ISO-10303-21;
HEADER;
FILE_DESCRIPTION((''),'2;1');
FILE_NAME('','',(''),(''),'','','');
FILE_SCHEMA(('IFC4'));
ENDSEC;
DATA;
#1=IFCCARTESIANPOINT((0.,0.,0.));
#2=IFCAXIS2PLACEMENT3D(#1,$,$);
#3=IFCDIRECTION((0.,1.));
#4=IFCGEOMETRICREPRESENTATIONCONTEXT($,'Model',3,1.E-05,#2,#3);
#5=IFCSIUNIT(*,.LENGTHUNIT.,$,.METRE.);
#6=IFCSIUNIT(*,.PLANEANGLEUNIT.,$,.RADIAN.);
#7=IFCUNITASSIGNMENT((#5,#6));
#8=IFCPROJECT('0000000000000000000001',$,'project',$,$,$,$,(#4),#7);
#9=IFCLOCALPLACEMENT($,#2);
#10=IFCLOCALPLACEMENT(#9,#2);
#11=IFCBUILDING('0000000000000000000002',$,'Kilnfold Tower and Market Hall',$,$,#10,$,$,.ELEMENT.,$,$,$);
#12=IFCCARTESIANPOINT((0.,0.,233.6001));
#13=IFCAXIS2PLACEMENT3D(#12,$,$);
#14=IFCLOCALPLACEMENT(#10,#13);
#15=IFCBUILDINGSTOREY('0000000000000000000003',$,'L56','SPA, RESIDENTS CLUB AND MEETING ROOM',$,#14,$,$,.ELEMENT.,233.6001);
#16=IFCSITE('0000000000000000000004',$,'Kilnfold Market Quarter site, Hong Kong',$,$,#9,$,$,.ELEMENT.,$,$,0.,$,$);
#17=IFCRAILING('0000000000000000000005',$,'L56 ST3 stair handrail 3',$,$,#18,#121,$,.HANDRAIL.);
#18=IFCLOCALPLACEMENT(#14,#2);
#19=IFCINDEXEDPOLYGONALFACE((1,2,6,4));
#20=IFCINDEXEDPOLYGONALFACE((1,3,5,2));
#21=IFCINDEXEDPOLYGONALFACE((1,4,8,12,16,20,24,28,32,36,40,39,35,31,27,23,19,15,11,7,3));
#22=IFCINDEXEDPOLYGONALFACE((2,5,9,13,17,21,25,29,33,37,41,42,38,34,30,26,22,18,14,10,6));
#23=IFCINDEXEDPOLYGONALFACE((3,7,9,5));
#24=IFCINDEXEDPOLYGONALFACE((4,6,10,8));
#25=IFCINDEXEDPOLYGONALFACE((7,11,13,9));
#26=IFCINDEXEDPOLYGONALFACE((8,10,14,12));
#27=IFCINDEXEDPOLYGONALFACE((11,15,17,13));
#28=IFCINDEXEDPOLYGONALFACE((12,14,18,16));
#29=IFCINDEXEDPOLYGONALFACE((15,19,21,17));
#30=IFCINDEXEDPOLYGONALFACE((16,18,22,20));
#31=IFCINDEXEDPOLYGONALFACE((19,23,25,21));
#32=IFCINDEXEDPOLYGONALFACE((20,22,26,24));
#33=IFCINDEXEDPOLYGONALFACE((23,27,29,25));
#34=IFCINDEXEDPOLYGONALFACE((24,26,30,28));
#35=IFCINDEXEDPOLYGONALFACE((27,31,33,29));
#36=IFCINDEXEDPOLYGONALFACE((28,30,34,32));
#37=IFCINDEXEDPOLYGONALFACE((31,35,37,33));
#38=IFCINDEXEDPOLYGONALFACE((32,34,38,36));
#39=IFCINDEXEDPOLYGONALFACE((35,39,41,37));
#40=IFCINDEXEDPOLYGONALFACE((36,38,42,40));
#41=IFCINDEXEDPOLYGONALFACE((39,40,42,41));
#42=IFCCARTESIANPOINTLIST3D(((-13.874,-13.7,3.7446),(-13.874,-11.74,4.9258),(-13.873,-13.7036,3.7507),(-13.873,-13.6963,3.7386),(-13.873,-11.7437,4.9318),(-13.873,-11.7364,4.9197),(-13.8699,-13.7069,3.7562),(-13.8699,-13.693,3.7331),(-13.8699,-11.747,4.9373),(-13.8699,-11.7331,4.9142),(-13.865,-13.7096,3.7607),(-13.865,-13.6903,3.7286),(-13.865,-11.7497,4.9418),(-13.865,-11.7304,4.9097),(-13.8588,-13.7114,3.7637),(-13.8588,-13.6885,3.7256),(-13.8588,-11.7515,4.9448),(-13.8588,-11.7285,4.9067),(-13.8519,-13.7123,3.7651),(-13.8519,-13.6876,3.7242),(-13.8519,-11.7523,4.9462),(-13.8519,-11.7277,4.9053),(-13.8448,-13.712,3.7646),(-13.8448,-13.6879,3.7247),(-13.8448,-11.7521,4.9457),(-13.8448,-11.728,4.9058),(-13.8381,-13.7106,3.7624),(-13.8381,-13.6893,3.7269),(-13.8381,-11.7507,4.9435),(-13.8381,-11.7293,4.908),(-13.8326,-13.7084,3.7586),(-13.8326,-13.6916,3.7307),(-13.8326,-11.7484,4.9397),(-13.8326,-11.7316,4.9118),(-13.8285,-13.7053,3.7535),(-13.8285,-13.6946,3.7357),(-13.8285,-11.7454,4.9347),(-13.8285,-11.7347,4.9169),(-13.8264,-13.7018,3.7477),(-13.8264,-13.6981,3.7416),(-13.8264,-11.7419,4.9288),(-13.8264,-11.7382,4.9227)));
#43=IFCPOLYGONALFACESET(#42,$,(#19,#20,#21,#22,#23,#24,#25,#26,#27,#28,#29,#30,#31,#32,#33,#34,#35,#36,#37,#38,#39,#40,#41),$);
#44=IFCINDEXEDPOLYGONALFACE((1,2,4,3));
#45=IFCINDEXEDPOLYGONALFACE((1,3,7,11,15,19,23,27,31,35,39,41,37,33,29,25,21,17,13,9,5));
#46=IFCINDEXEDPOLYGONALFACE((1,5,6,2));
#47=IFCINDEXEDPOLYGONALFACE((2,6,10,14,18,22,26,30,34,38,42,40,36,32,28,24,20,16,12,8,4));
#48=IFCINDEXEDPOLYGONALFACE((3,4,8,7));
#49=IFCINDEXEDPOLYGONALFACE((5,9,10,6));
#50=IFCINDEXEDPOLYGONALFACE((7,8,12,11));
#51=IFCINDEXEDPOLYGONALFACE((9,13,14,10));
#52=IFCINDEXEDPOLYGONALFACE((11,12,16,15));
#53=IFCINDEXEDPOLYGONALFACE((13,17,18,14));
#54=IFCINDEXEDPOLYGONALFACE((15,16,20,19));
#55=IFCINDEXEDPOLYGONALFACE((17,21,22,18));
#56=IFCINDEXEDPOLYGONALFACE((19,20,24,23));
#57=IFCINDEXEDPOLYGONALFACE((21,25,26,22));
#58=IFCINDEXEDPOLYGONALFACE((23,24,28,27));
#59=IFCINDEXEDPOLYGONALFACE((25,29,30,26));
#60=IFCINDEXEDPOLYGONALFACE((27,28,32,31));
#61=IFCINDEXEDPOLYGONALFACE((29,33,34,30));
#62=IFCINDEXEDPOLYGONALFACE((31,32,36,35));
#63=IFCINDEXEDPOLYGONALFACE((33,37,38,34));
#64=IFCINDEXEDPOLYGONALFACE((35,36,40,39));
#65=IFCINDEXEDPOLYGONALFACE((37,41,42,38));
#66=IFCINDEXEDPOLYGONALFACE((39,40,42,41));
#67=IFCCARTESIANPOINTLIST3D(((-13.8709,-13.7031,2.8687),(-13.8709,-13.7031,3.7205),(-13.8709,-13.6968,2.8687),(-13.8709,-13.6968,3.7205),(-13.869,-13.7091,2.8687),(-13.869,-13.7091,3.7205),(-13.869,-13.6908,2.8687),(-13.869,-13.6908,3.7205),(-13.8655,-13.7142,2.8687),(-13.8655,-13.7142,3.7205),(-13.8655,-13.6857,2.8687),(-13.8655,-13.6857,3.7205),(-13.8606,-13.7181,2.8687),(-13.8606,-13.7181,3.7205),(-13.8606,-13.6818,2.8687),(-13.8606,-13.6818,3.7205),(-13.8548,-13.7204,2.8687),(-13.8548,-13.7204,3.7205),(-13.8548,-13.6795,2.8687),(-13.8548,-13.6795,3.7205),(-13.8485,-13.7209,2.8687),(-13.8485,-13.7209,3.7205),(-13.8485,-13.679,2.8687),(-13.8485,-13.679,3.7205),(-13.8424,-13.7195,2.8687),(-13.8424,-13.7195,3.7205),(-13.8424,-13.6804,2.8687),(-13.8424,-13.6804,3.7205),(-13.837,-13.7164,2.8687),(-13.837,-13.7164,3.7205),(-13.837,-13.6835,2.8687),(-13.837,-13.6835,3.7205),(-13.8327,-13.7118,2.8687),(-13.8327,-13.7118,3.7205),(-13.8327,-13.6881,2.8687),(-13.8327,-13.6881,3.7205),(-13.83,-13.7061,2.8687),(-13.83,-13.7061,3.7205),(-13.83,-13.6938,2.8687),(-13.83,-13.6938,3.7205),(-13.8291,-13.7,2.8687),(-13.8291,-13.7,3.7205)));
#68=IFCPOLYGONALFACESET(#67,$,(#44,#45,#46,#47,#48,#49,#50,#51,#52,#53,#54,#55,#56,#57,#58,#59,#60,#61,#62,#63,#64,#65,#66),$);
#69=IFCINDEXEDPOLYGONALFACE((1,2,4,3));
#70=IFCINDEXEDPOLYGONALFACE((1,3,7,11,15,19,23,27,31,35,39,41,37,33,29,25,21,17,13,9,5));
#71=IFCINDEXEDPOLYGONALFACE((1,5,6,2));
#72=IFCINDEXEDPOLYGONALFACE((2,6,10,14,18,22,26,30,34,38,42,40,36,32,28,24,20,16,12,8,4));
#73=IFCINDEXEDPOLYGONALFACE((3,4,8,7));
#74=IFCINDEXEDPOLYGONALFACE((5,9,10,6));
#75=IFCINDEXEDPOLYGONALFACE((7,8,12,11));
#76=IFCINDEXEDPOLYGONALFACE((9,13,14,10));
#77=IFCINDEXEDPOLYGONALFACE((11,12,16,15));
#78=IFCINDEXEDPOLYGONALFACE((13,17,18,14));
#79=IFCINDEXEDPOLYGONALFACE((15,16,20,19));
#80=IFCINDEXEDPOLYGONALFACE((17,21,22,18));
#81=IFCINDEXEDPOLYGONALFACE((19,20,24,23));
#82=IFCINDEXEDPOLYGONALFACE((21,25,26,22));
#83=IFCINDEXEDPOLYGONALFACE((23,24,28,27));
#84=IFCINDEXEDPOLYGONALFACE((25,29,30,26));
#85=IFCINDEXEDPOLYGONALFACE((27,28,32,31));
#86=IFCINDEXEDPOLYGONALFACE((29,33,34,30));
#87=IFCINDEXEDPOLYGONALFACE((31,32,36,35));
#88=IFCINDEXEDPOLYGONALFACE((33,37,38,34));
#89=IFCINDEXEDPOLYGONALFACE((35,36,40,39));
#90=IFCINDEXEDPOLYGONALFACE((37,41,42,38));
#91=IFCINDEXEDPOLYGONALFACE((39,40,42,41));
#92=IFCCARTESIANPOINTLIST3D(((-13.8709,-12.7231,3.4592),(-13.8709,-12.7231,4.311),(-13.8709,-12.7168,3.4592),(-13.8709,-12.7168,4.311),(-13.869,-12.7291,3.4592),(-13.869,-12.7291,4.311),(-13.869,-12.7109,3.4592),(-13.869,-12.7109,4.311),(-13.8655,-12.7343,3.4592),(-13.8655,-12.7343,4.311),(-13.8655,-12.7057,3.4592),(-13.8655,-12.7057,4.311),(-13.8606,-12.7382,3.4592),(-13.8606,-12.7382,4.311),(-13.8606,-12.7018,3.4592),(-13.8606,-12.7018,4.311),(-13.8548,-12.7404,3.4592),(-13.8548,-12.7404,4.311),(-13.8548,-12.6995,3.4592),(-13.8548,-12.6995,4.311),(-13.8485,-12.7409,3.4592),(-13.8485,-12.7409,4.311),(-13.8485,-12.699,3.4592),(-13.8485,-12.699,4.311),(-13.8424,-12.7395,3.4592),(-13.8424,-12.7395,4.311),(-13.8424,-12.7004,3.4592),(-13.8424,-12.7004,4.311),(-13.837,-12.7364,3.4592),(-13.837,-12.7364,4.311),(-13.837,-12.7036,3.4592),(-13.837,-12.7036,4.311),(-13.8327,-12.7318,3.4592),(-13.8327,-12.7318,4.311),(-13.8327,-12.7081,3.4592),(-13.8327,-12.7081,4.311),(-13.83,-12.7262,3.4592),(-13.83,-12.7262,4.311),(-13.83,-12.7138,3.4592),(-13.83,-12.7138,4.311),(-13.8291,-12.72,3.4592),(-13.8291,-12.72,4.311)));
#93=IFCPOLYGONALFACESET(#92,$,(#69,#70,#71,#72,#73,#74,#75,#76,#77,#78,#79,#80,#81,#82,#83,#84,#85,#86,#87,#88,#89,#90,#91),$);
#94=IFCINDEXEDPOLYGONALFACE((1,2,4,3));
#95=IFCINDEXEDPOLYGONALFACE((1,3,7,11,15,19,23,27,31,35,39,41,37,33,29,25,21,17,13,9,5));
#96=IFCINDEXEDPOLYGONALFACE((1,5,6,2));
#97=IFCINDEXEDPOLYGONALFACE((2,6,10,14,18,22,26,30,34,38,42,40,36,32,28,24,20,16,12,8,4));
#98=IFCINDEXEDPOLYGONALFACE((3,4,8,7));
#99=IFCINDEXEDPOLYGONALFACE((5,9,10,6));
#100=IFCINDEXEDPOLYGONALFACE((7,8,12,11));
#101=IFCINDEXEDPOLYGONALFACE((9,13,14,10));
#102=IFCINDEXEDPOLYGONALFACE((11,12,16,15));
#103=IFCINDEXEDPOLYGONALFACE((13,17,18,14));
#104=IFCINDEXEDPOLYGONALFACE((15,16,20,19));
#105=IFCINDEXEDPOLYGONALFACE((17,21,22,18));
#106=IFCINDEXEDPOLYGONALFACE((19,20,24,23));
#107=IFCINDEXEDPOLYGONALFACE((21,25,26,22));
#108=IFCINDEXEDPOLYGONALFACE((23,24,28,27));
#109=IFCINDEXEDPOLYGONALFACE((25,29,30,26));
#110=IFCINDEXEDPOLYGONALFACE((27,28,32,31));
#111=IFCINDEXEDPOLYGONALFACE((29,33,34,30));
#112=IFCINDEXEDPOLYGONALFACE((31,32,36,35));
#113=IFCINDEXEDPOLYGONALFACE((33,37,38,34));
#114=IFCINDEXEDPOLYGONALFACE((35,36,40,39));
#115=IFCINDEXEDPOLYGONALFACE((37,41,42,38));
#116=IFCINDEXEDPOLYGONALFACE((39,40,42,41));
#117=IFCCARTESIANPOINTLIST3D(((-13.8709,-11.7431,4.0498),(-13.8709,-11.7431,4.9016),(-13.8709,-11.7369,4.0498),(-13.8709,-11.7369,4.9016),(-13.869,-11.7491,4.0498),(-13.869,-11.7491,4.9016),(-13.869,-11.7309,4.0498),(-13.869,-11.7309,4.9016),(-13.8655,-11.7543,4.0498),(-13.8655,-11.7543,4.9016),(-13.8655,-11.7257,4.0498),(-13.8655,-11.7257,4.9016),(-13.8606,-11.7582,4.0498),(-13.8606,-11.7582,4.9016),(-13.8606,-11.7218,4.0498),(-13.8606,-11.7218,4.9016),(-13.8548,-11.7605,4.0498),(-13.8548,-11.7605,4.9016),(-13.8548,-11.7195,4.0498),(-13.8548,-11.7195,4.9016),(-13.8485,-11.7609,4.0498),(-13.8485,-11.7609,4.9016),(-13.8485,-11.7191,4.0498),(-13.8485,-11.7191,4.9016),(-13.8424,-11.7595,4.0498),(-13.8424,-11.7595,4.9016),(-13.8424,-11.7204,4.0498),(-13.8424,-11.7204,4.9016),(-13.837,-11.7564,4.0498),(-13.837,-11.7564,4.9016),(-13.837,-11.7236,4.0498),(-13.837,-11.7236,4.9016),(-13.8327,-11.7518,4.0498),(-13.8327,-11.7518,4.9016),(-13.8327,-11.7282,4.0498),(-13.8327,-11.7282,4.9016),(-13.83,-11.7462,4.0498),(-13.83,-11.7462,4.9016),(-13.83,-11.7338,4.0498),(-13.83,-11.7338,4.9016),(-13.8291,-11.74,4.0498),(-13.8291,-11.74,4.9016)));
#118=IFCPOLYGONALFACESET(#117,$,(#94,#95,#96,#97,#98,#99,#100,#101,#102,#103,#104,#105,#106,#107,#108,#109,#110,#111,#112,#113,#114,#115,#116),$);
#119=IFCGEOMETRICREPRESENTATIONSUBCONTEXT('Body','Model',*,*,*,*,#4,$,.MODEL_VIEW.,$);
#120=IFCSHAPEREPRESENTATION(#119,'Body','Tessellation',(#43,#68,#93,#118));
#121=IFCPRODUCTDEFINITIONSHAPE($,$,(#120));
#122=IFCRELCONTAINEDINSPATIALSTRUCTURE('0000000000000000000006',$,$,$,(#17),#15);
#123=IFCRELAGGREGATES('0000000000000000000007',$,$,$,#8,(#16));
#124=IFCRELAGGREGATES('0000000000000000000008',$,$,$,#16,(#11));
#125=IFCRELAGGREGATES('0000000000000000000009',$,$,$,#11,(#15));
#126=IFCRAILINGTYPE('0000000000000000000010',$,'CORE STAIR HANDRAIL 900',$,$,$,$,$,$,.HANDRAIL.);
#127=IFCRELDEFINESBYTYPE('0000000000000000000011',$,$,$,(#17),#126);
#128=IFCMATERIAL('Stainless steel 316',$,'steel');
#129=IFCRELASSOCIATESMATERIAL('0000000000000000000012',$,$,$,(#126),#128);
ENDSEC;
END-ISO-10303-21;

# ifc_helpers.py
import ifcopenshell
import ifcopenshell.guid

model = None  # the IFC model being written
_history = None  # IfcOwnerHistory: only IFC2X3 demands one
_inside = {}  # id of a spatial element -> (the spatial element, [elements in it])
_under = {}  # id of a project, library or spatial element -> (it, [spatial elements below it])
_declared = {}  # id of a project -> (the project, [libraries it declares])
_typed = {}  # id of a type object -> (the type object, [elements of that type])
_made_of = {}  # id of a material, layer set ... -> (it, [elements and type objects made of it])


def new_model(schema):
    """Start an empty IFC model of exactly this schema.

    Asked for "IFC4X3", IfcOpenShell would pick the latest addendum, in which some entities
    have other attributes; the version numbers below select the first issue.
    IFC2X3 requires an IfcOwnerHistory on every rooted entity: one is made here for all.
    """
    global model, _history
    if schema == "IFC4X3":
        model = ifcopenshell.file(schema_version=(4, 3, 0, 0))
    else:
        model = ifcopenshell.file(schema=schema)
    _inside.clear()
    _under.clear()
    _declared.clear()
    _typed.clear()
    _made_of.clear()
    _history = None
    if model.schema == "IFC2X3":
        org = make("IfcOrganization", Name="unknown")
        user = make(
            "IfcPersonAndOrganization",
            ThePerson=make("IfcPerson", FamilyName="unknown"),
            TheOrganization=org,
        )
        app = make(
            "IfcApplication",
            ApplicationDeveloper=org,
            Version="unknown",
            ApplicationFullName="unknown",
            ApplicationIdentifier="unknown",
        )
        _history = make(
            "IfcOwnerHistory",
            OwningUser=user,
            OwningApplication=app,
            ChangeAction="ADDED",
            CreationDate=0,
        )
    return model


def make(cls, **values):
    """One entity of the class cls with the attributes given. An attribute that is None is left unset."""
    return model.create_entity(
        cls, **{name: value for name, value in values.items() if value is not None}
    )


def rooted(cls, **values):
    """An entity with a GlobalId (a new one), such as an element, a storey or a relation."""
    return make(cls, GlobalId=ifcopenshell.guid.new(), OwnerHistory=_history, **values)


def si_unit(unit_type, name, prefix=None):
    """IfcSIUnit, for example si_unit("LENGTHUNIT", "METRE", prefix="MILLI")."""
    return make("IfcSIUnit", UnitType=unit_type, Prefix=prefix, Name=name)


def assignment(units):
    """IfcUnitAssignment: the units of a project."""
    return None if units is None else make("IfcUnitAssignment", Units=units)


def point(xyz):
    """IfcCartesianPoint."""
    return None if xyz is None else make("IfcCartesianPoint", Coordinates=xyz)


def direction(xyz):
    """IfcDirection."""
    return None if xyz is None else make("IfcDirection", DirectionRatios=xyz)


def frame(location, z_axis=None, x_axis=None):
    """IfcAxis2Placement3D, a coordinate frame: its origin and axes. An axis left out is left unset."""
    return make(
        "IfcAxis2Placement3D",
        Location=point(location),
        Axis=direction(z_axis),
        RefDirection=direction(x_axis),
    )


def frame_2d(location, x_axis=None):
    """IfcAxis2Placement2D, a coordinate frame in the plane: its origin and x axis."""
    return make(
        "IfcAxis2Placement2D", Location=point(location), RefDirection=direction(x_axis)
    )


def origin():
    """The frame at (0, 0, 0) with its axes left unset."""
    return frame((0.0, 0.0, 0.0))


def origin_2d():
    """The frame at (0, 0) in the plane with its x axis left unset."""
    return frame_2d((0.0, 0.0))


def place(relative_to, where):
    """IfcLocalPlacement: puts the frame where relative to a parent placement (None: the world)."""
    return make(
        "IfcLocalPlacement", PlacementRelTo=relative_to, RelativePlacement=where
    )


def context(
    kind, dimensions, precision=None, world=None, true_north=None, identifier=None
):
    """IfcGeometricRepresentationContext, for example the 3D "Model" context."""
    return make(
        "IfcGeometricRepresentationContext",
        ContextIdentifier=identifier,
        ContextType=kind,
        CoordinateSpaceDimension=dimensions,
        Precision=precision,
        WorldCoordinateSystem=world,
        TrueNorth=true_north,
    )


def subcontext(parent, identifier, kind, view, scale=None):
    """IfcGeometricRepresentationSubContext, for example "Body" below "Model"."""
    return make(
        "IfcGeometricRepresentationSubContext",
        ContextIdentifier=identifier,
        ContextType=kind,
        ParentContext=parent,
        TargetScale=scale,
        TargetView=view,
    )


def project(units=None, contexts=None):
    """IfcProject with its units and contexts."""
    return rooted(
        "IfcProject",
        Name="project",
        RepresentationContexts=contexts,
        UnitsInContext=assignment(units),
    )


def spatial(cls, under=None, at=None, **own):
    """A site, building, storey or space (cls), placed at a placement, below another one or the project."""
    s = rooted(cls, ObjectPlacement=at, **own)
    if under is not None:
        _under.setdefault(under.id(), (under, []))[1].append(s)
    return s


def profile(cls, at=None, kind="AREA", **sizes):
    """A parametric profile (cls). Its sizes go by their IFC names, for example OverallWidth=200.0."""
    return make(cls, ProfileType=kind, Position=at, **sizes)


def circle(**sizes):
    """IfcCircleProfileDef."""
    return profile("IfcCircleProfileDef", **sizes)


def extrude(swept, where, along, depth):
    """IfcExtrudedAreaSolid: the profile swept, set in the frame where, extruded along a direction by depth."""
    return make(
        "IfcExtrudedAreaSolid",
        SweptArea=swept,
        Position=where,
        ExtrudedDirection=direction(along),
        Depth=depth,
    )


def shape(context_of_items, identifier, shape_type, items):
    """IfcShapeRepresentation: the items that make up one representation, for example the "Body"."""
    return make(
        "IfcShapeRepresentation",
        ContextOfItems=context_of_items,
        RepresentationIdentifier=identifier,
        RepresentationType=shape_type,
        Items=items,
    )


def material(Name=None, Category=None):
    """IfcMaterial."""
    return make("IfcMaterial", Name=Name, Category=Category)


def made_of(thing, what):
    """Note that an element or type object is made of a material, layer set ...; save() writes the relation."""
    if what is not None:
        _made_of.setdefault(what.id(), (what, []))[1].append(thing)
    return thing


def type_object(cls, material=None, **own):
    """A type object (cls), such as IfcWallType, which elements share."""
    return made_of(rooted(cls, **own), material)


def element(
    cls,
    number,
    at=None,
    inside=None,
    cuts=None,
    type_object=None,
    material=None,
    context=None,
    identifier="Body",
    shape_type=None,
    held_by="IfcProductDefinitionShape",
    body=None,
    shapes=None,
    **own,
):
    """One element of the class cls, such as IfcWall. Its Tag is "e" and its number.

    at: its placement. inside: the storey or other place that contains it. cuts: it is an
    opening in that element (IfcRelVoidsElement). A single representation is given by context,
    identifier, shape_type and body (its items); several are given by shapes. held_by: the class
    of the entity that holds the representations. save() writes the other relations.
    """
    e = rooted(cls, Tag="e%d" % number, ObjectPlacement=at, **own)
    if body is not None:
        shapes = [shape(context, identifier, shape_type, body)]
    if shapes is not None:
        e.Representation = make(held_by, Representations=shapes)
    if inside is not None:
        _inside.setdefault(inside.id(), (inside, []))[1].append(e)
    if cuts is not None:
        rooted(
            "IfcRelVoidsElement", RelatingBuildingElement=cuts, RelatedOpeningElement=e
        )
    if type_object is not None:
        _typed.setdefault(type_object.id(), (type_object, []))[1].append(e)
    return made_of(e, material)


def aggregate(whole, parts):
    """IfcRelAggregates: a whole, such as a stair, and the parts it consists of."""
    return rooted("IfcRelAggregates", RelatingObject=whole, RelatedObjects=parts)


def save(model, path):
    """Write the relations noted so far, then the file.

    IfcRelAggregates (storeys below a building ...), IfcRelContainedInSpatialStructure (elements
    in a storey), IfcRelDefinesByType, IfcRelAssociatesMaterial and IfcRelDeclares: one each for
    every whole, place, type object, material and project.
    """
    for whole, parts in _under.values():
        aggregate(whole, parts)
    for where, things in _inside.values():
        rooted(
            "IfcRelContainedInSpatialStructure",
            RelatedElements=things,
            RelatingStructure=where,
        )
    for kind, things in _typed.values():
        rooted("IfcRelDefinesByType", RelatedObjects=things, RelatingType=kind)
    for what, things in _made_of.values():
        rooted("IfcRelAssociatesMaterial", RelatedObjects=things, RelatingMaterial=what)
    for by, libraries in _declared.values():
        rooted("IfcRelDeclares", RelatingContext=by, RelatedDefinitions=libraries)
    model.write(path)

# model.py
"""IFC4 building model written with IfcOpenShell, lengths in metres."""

from ifc_helpers import new_model, si_unit, direction, frame, origin, origin_2d, place, context, subcontext, project, spatial, circle, extrude, material, type_object, element, save


model = new_model("IFC4")

# Units and contexts
model_context = context("Model", 3, precision=1e-05, world=origin(), true_north=direction((0.0, 1.0)))
body_context = subcontext(model_context, "Body", "Model", "MODEL_VIEW")
ifc_project = project(units=[si_unit("LENGTHUNIT", "METRE"), si_unit("PLANEANGLEUNIT", "RADIAN")], contexts=[model_context])

# Site, building, storey
site_placement = place(None, origin())
site = spatial("IfcSite", under=ifc_project, at=site_placement, Name="Kilnfold Market Quarter site, Hong Kong", CompositionType="ELEMENT", RefElevation=0.0)
building_placement = place(site_placement, origin())
building = spatial("IfcBuilding", under=site, at=building_placement, Name="Kilnfold Tower and Market Hall", CompositionType="ELEMENT")
storey_placement = place(building_placement, frame((0.0, 0.0, 233.6001)))
storey = spatial("IfcBuildingStorey", under=building, at=storey_placement, Name="L56", Description="SPA, RESIDENTS CLUB AND MEETING ROOM", CompositionType="ELEMENT", Elevation=233.6001)

# Railing
ifc_material_1 = material(Name="Stainless steel 316", Category="steel")
railing_type_1 = type_object("IfcRailingType", Name="CORE STAIR HANDRAIL 900", PredefinedType="HANDRAIL", material=ifc_material_1)
railing_1_placement = place(storey_placement, frame((-13.8501, -13.7, 2.8687)))
element("IfcRailing", 1, at=railing_1_placement, inside=storey, type_object=railing_type_1, Name="L56 ST3 stair handrail 3", PredefinedType="HANDRAIL", context=body_context, shape_type="SweptSolid", body=[
    extrude(circle(Radius=0.0239, at=origin_2d()), frame((0.0, 0.0, 0.876), z_axis=(0.0, 0.856493, 0.516158), x_axis=(-1.0, 0.0, 0.0)), (0.0, 0.0, 1.0), 2.2883),
    extrude(circle(Radius=0.021, at=origin_2d()), origin(), (0.0, 0.0, 1.0), 0.8518),
    extrude(circle(Radius=0.021, at=origin_2d()), frame((0.0, 0.98, 0.5906)), (0.0, 0.0, 1.0), 0.8518),
    extrude(circle(Radius=0.021, at=origin_2d()), frame((0.0, 1.96, 1.1812)), (0.0, 0.0, 1.0), 0.8518),
])

save(model, "model.ifc")
